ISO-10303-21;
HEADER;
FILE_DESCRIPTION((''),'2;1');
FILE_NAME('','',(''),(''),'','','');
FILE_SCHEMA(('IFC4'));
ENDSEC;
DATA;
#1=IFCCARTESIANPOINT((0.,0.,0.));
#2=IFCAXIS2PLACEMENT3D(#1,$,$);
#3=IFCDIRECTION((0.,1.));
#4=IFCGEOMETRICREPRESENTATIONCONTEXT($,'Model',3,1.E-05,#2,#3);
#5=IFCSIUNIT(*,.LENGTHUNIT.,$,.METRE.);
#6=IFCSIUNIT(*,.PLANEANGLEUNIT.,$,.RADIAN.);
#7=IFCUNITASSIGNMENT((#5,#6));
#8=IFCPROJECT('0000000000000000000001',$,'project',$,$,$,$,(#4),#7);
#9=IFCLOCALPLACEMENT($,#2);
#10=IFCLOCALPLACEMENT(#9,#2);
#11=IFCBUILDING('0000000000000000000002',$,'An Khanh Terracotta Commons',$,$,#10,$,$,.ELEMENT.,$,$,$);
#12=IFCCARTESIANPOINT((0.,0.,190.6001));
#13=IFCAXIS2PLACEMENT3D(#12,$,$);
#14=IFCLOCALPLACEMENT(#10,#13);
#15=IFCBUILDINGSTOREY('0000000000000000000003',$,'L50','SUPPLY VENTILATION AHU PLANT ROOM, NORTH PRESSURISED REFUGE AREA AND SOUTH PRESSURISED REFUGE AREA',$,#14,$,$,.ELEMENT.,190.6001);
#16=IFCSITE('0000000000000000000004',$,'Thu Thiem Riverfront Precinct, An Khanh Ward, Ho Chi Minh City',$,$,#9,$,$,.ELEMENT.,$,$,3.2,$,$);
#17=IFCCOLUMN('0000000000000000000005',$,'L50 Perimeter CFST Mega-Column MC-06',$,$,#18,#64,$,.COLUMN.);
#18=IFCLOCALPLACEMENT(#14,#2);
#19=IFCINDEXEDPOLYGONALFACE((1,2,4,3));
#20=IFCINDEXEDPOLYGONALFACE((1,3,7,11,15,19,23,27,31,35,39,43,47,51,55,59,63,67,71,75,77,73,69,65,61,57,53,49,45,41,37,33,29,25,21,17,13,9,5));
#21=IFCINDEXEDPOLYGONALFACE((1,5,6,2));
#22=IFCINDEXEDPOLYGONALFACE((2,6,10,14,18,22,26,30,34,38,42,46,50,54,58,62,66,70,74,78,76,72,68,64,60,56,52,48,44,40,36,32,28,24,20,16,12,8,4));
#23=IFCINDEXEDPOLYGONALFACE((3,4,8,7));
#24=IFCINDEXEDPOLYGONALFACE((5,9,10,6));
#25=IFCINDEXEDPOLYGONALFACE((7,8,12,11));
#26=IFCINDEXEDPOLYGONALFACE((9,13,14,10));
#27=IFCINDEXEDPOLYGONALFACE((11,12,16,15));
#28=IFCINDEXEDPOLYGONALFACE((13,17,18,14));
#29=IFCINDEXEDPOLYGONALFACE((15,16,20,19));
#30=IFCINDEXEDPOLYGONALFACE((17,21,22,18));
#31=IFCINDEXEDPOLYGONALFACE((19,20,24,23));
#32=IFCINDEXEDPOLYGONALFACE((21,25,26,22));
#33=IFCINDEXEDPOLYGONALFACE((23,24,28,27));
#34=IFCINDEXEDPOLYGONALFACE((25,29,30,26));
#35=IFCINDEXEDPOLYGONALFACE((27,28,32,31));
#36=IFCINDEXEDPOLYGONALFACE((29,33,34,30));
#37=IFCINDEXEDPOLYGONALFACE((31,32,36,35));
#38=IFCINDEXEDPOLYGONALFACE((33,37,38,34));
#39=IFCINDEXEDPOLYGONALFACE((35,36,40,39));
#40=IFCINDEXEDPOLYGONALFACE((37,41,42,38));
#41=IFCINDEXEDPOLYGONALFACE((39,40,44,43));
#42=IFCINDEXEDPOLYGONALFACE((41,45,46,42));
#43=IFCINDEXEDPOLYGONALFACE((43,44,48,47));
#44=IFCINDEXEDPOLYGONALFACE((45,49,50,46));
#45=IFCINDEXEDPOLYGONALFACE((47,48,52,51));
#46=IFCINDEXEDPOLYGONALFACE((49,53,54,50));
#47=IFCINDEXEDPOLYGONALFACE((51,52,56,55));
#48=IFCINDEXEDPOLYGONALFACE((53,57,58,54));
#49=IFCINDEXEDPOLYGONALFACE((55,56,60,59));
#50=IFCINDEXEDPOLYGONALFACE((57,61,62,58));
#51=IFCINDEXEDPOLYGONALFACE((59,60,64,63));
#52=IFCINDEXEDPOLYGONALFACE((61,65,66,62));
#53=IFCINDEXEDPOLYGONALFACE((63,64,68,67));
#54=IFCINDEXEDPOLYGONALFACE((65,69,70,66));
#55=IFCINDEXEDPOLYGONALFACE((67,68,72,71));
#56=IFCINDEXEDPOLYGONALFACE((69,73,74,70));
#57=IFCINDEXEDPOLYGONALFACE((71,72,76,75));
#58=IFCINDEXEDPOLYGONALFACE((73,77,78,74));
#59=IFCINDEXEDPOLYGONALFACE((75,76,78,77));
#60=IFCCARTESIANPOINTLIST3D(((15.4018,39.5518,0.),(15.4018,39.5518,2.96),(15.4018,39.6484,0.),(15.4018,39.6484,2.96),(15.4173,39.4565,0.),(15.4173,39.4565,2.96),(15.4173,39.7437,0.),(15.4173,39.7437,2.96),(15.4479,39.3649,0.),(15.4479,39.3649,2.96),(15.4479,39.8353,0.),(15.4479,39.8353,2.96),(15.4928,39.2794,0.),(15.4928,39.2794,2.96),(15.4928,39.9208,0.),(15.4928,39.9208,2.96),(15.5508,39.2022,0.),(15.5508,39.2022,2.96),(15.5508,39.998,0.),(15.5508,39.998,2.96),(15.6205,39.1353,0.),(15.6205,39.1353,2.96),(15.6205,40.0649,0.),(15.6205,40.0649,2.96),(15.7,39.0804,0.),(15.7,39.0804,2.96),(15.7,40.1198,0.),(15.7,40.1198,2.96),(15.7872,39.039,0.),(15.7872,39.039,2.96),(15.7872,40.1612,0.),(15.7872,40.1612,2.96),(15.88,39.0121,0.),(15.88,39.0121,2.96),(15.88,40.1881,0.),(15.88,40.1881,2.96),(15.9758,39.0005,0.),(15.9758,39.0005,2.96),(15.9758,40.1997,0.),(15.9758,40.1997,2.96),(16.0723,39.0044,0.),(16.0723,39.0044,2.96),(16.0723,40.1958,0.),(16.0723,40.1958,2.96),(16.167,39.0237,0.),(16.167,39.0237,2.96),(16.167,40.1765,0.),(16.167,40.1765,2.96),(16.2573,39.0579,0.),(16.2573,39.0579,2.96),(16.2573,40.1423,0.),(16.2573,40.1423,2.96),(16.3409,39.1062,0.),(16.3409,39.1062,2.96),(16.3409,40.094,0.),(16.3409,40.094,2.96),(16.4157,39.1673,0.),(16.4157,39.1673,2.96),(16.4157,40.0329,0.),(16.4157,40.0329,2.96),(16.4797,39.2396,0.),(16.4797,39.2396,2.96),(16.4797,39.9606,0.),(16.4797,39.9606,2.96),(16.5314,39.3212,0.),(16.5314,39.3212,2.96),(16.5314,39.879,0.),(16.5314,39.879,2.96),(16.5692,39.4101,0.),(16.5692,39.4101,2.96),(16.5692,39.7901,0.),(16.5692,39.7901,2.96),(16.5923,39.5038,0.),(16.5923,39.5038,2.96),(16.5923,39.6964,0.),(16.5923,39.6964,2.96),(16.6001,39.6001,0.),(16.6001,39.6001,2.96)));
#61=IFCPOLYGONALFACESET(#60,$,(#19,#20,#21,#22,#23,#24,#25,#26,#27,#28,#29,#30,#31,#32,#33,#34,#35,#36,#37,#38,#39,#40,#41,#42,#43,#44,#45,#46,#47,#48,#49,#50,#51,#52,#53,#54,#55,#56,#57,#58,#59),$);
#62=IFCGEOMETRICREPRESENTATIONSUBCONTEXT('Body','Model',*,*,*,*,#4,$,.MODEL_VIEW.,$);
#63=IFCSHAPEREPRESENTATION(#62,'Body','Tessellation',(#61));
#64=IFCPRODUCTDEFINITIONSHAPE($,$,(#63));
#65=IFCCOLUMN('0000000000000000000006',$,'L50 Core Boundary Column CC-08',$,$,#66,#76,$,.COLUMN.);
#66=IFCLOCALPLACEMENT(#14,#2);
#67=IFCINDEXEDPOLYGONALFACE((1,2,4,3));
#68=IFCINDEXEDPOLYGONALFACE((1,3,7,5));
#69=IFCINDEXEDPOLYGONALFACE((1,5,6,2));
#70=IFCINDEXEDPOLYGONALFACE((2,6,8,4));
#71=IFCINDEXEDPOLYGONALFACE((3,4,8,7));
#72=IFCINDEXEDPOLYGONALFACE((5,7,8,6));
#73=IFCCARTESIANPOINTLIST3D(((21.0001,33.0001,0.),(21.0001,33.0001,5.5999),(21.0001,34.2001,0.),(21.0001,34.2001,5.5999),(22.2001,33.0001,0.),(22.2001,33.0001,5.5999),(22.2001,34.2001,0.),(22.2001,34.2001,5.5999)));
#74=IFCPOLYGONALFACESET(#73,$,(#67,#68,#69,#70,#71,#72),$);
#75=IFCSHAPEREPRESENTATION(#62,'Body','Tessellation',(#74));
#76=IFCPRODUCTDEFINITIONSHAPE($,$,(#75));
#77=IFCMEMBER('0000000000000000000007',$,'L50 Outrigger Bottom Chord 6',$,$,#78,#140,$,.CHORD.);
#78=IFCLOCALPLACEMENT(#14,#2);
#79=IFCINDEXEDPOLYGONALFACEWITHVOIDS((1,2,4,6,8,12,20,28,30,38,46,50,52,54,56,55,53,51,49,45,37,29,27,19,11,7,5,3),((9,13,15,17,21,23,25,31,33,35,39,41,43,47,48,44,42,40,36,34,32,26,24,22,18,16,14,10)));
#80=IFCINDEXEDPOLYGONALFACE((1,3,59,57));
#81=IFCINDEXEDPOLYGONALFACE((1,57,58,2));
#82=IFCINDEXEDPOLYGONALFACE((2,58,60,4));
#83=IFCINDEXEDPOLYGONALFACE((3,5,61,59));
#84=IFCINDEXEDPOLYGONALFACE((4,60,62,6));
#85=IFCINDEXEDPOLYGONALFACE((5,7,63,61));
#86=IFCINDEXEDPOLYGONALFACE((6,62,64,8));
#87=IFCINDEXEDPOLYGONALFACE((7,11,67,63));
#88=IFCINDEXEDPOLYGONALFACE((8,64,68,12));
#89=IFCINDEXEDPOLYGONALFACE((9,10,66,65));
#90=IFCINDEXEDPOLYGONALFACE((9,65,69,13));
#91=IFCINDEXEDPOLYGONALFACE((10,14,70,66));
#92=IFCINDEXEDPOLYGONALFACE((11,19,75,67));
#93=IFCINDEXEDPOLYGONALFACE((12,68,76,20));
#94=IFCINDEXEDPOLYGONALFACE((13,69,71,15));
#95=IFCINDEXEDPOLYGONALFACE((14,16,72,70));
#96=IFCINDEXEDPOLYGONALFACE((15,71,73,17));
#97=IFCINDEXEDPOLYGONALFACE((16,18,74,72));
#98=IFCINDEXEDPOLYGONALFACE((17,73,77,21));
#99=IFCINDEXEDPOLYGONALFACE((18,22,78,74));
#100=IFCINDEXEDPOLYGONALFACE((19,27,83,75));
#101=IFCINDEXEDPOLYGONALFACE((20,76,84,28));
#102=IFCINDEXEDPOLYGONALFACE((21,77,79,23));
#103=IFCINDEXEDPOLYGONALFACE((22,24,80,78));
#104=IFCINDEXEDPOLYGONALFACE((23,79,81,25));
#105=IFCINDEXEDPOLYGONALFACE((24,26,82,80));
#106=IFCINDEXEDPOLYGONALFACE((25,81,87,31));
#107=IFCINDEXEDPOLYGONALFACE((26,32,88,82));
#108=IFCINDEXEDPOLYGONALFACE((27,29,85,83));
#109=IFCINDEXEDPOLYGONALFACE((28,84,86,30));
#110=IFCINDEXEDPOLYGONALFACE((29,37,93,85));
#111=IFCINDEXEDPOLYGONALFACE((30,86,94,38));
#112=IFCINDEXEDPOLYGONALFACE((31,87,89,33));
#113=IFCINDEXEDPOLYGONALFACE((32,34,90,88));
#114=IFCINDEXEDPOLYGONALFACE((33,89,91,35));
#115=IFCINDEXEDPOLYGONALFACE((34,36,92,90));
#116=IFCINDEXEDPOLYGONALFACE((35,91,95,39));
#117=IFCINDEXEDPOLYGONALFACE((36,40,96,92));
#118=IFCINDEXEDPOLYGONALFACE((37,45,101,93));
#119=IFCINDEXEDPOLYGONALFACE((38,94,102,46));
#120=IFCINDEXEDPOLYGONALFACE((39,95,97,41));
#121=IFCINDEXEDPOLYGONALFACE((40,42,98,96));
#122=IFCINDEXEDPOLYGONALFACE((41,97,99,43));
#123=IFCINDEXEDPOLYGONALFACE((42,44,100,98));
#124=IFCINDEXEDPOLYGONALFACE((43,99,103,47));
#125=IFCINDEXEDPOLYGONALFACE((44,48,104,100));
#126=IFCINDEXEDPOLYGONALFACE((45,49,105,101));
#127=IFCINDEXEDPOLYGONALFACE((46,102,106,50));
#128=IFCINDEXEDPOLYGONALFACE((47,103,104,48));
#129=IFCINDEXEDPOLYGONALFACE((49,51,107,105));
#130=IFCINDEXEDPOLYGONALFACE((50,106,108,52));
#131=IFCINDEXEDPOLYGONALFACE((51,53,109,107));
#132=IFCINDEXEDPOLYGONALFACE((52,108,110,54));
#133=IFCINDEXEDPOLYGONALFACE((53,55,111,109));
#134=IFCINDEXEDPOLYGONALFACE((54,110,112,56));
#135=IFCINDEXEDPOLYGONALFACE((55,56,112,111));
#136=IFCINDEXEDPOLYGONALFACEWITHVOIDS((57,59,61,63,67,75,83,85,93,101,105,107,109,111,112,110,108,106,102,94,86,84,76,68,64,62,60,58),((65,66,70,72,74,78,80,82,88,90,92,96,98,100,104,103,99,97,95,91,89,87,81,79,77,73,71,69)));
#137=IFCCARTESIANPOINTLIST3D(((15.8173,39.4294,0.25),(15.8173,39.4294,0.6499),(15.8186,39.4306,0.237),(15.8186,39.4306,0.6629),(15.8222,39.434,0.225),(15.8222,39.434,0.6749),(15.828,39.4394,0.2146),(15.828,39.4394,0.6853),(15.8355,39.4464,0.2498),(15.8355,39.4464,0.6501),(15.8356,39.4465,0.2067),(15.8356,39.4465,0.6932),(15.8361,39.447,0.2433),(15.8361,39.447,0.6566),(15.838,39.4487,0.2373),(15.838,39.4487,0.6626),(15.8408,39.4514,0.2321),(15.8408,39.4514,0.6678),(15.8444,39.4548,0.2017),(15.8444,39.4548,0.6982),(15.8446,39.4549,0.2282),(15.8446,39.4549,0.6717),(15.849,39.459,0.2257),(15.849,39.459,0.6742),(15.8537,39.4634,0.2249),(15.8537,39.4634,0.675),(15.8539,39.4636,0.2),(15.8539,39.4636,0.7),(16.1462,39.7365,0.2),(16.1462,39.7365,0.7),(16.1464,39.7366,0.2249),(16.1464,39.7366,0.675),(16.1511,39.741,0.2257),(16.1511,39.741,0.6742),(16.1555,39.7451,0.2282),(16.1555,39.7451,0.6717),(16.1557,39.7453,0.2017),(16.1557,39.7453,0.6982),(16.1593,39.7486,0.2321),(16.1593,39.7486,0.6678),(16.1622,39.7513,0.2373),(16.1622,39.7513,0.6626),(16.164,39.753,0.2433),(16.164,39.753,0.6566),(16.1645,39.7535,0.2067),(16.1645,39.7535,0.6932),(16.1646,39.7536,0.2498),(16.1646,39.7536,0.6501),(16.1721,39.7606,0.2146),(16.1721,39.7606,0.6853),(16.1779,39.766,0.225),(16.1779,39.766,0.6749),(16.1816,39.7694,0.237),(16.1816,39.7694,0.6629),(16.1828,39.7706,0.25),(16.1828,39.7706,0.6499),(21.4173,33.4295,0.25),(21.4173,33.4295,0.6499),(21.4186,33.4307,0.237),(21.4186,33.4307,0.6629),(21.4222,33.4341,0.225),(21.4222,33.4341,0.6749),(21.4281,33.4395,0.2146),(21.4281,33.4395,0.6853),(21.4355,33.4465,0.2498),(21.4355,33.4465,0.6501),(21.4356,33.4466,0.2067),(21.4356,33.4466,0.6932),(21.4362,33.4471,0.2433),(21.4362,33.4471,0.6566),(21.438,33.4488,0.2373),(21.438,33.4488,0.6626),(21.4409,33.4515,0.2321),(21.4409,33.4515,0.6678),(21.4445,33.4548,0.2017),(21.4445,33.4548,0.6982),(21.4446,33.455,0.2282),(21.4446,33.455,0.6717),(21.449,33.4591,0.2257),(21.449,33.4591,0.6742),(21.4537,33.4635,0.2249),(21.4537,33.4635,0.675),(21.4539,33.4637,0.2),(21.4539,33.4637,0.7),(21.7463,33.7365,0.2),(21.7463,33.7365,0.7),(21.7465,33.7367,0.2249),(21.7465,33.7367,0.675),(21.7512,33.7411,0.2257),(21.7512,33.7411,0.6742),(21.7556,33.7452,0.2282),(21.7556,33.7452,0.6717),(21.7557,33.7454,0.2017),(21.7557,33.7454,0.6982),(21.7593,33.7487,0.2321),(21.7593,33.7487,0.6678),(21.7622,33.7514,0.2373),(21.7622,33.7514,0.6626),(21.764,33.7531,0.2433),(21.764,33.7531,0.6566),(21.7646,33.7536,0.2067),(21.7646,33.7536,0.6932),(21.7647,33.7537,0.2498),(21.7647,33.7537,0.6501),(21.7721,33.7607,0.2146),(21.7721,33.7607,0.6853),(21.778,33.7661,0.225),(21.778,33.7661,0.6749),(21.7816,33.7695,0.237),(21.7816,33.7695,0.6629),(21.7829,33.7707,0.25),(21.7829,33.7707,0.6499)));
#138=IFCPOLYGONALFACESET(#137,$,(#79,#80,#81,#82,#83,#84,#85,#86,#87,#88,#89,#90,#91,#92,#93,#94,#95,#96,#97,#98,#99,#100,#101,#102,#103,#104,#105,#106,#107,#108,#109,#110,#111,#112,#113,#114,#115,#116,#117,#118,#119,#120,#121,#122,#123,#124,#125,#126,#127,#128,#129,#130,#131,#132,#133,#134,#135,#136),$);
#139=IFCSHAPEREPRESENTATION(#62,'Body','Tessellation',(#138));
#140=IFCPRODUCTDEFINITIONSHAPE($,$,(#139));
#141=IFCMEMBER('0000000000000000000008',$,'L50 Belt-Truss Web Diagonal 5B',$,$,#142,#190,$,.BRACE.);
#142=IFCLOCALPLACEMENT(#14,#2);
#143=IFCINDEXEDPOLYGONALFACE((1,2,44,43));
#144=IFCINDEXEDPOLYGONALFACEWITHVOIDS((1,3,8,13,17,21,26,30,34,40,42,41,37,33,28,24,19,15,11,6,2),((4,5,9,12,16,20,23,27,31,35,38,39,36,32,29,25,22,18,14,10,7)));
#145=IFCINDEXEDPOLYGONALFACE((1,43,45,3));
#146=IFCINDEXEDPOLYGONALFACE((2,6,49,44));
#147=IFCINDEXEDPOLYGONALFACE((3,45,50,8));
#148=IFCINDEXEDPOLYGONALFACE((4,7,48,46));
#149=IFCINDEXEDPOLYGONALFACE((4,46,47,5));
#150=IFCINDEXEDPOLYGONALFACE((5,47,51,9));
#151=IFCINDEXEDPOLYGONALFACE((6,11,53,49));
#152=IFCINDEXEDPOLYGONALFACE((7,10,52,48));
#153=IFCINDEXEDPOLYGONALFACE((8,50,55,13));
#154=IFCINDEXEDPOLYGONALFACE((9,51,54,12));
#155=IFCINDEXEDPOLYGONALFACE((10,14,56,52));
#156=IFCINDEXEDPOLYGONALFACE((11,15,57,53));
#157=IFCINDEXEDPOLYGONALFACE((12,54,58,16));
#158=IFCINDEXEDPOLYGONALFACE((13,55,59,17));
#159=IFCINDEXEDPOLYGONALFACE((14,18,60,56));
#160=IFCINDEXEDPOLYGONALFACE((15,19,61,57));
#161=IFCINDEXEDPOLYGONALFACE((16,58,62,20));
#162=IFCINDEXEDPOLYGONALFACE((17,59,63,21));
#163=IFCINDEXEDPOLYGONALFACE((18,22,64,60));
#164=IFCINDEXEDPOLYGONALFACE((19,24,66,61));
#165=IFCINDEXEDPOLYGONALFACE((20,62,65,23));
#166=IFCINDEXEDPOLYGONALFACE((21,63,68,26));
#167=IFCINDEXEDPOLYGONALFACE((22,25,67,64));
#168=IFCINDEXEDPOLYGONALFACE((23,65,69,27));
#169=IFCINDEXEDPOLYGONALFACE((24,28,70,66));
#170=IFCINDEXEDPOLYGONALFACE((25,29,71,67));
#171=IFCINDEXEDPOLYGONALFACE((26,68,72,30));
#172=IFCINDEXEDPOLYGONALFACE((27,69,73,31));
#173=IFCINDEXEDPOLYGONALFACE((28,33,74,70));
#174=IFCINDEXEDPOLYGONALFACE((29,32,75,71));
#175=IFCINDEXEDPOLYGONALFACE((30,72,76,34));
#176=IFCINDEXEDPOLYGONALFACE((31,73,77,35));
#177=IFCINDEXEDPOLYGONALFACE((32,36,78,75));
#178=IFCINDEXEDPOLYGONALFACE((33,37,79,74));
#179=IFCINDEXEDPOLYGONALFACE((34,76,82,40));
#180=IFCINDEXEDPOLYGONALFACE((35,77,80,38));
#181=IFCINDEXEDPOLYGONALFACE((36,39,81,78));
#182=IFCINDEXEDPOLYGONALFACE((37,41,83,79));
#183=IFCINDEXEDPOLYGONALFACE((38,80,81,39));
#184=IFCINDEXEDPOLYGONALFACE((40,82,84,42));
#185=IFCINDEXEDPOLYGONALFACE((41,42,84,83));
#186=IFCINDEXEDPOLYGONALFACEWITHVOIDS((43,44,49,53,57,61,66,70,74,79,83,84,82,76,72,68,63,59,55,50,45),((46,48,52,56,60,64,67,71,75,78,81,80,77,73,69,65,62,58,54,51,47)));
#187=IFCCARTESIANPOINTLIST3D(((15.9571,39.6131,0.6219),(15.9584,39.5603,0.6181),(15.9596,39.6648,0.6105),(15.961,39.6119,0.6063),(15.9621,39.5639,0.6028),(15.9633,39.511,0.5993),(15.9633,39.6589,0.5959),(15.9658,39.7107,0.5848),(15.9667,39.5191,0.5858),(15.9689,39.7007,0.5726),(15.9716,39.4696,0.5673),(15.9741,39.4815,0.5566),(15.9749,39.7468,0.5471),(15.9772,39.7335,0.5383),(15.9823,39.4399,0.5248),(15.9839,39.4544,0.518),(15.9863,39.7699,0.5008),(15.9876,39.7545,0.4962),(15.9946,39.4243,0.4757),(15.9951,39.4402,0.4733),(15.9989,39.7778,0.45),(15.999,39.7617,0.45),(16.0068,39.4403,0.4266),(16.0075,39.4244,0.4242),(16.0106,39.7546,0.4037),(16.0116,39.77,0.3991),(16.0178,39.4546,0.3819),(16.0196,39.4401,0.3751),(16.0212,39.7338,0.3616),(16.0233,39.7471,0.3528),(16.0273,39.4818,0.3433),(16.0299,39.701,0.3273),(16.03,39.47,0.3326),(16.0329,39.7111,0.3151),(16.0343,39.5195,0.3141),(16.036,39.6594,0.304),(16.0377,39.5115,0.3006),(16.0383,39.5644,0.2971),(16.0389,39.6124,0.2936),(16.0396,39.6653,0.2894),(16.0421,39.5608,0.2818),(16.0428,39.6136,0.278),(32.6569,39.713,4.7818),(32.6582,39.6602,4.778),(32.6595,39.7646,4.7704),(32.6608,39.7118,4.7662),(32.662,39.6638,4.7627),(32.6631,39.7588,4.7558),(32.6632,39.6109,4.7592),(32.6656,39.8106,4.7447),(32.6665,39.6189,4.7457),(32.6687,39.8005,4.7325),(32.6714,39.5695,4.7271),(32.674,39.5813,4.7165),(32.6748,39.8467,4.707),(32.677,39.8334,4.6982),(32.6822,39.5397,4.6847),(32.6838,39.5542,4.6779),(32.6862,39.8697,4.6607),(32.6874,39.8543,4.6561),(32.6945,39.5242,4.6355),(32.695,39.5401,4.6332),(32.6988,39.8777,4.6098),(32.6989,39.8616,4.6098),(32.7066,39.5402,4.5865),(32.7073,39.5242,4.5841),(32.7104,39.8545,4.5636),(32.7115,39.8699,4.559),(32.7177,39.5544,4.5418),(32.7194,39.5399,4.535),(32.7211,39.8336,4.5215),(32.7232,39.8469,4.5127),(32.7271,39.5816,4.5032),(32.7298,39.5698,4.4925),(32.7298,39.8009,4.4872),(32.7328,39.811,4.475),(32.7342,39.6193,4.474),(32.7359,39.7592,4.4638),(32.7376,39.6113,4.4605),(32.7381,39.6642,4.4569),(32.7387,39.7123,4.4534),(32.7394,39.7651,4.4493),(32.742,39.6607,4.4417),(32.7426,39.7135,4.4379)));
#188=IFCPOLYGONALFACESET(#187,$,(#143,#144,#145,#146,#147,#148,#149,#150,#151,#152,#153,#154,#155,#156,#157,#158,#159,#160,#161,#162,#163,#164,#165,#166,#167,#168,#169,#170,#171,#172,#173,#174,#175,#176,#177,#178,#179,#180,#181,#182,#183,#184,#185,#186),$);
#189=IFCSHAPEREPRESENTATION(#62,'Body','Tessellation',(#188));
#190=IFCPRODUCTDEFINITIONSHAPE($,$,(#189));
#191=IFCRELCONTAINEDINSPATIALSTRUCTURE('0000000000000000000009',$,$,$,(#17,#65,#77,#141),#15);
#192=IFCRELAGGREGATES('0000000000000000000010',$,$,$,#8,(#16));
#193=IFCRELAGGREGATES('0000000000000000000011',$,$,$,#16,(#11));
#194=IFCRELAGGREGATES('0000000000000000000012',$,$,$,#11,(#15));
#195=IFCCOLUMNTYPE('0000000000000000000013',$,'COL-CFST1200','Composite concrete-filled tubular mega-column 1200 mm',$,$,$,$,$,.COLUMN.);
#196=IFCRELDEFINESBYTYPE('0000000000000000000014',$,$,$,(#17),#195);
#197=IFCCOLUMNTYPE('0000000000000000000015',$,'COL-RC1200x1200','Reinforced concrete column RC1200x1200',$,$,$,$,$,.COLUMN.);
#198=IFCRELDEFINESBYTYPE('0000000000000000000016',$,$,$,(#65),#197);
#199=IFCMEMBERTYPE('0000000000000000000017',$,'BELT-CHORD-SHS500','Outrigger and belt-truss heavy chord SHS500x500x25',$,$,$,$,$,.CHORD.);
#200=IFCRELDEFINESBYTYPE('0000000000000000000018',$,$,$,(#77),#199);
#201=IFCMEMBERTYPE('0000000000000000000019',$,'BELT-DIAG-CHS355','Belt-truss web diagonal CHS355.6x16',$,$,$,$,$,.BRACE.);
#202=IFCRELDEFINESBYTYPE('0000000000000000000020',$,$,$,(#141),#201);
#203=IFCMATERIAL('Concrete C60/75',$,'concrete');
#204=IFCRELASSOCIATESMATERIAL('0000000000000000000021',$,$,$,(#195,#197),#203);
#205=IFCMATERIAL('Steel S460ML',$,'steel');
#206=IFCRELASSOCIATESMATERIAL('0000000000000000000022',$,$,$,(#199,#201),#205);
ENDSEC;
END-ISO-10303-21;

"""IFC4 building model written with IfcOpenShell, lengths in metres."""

from ifc_helpers import new_model, si_unit, direction, frame, origin, origin_2d, place, context, subcontext, project, spatial, rectangle, hollow_rectangle, circle, hollow_circle, extrude, material, material_profile, profile_set, type_object, element, save


model = new_model("IFC4")

# Units and contexts
model_context = context("Model", 3, precision=1e-05, world=origin(), true_north=direction((0.0, 1.0)))
body_context = subcontext(model_context, "Body", "Model", "MODEL_VIEW")
ifc_project = project(units=[si_unit("LENGTHUNIT", "METRE"), si_unit("PLANEANGLEUNIT", "RADIAN")], contexts=[model_context])

# Site, building, storey
site_placement = place(None, origin())
site = spatial("IfcSite", under=ifc_project, at=site_placement, Name="Thu Thiem Riverfront Precinct, An Khanh Ward, Ho Chi Minh City", CompositionType="ELEMENT", RefElevation=3.2)
building_placement = place(site_placement, origin())
building = spatial("IfcBuilding", under=site, at=building_placement, Name="An Khanh Terracotta Commons", CompositionType="ELEMENT")
storey_placement = place(building_placement, frame((0.0, 0.0, 190.6001)))
storey = spatial("IfcBuildingStorey", under=building, at=storey_placement, Name="L50", Description="SUPPLY VENTILATION AHU PLANT ROOM, NORTH PRESSURISED REFUGE AREA AND SOUTH PRESSURISED REFUGE AREA", CompositionType="ELEMENT", Elevation=190.6001)

# Columns
ifc_material_1 = material(Name="Concrete C60/75", Category="concrete")
ifc_material_profile_1 = material_profile(ifc_material_1, circle(Radius=0.6001, at=origin_2d()), Name="CFST1200")
ifc_profile_set_1 = profile_set([ifc_material_profile_1], Name="Concrete C60/75")
column_type_1 = type_object("IfcColumnType", Name="COL-CFST1200", Description="Composite concrete-filled tubular mega-column 1200 mm", PredefinedType="COLUMN", material=ifc_profile_set_1)
column_1_placement = place(storey_placement, frame((16.0, 39.6001, 0.0), z_axis=(0.0, 0.0, 1.0), x_axis=(1.0, 0.0, 0.0)))
element("IfcColumn", 1, at=column_1_placement, inside=storey, type_object=column_type_1, Name="L50 Perimeter CFST Mega-Column MC-06", PredefinedType="COLUMN", context=body_context, shape_type="SweptSolid", body=[
    extrude(circle(Radius=0.6001, at=origin_2d()), origin(), (0.0, 0.0, 1.0), 2.96),
])
ifc_material_profile_2 = material_profile(ifc_material_1, rectangle(XDim=1.2, YDim=1.2, at=origin_2d()), Name="RC1200x1200")
ifc_profile_set_2 = profile_set([ifc_material_profile_2], Name="Concrete C60/75")
column_type_2 = type_object("IfcColumnType", Name="COL-RC1200x1200", Description="Reinforced concrete column RC1200x1200", PredefinedType="COLUMN", material=ifc_profile_set_2)
column_2_placement = place(storey_placement, frame((21.6001, 33.6001, 0.0), z_axis=(0.0, 0.0, 1.0), x_axis=(1.0, 0.0, 0.0)))
element("IfcColumn", 2, at=column_2_placement, inside=storey, type_object=column_type_2, Name="L50 Core Boundary Column CC-08", PredefinedType="COLUMN", context=body_context, shape_type="SweptSolid", body=[
    extrude(rectangle(XDim=1.2, YDim=1.2, at=origin_2d()), origin(), (0.0, 0.0, 1.0), 5.5999),
])

# Members
ifc_material_2 = material(Name="Steel S460ML", Category="steel")
ifc_material_profile_3 = material_profile(ifc_material_2, hollow_rectangle(XDim=0.5, YDim=0.5, WallThickness=0.0249, InnerFilletRadius=0.0249, OuterFilletRadius=0.05, at=origin_2d()), Name="SHS500x500x25")
ifc_profile_set_3 = profile_set([ifc_material_profile_3], Name="Steel S460ML")
member_type_1 = type_object("IfcMemberType", Name="BELT-CHORD-SHS500", Description="Outrigger and belt-truss heavy chord SHS500x500x25", PredefinedType="CHORD", material=ifc_profile_set_3)
member_1_placement = place(storey_placement, frame((21.6001, 33.6001, 0.45), z_axis=(-0.682325, 0.731049, 0.0), x_axis=(-0.731049, -0.682325, 0.0)))
element("IfcMember", 3, at=member_1_placement, inside=storey, type_object=member_type_1, Name="L50 Outrigger Bottom Chord 6", PredefinedType="CHORD", context=body_context, shape_type="SweptSolid", body=[
    extrude(hollow_rectangle(XDim=0.5, YDim=0.5, WallThickness=0.0249, InnerFilletRadius=0.0249, OuterFilletRadius=0.05, at=origin_2d()), origin(), (0.0, 0.0, 1.0), 8.2073),
])
ifc_material_profile_4 = material_profile(ifc_material_2, hollow_circle(Radius=0.1777, WallThickness=0.0161, at=origin_2d()), Name="CHS355.6x16")
ifc_profile_set_4 = profile_set([ifc_material_profile_4], Name="Steel S460ML")
member_type_2 = type_object("IfcMemberType", Name="BELT-DIAG-CHS355", Description="Belt-truss web diagonal CHS355.6x16", PredefinedType="BRACE", material=ifc_profile_set_4)
member_2_placement = place(storey_placement, frame((16.0, 39.6001, 0.45), z_axis=(0.970332, 0.005802, 0.241707), x_axis=(-0.005979, 0.999982, 0.0)))
element("IfcMember", 4, at=member_2_placement, inside=storey, type_object=member_type_2, Name="L50 Belt-Truss Web Diagonal 5B", PredefinedType="BRACE", context=body_context, shape_type="SweptSolid", body=[
    extrude(hollow_circle(Radius=0.1777, WallThickness=0.0161, at=origin_2d()), origin(), (0.0, 0.0, 1.0), 17.2104),
])

save(model, "model.ifc")
